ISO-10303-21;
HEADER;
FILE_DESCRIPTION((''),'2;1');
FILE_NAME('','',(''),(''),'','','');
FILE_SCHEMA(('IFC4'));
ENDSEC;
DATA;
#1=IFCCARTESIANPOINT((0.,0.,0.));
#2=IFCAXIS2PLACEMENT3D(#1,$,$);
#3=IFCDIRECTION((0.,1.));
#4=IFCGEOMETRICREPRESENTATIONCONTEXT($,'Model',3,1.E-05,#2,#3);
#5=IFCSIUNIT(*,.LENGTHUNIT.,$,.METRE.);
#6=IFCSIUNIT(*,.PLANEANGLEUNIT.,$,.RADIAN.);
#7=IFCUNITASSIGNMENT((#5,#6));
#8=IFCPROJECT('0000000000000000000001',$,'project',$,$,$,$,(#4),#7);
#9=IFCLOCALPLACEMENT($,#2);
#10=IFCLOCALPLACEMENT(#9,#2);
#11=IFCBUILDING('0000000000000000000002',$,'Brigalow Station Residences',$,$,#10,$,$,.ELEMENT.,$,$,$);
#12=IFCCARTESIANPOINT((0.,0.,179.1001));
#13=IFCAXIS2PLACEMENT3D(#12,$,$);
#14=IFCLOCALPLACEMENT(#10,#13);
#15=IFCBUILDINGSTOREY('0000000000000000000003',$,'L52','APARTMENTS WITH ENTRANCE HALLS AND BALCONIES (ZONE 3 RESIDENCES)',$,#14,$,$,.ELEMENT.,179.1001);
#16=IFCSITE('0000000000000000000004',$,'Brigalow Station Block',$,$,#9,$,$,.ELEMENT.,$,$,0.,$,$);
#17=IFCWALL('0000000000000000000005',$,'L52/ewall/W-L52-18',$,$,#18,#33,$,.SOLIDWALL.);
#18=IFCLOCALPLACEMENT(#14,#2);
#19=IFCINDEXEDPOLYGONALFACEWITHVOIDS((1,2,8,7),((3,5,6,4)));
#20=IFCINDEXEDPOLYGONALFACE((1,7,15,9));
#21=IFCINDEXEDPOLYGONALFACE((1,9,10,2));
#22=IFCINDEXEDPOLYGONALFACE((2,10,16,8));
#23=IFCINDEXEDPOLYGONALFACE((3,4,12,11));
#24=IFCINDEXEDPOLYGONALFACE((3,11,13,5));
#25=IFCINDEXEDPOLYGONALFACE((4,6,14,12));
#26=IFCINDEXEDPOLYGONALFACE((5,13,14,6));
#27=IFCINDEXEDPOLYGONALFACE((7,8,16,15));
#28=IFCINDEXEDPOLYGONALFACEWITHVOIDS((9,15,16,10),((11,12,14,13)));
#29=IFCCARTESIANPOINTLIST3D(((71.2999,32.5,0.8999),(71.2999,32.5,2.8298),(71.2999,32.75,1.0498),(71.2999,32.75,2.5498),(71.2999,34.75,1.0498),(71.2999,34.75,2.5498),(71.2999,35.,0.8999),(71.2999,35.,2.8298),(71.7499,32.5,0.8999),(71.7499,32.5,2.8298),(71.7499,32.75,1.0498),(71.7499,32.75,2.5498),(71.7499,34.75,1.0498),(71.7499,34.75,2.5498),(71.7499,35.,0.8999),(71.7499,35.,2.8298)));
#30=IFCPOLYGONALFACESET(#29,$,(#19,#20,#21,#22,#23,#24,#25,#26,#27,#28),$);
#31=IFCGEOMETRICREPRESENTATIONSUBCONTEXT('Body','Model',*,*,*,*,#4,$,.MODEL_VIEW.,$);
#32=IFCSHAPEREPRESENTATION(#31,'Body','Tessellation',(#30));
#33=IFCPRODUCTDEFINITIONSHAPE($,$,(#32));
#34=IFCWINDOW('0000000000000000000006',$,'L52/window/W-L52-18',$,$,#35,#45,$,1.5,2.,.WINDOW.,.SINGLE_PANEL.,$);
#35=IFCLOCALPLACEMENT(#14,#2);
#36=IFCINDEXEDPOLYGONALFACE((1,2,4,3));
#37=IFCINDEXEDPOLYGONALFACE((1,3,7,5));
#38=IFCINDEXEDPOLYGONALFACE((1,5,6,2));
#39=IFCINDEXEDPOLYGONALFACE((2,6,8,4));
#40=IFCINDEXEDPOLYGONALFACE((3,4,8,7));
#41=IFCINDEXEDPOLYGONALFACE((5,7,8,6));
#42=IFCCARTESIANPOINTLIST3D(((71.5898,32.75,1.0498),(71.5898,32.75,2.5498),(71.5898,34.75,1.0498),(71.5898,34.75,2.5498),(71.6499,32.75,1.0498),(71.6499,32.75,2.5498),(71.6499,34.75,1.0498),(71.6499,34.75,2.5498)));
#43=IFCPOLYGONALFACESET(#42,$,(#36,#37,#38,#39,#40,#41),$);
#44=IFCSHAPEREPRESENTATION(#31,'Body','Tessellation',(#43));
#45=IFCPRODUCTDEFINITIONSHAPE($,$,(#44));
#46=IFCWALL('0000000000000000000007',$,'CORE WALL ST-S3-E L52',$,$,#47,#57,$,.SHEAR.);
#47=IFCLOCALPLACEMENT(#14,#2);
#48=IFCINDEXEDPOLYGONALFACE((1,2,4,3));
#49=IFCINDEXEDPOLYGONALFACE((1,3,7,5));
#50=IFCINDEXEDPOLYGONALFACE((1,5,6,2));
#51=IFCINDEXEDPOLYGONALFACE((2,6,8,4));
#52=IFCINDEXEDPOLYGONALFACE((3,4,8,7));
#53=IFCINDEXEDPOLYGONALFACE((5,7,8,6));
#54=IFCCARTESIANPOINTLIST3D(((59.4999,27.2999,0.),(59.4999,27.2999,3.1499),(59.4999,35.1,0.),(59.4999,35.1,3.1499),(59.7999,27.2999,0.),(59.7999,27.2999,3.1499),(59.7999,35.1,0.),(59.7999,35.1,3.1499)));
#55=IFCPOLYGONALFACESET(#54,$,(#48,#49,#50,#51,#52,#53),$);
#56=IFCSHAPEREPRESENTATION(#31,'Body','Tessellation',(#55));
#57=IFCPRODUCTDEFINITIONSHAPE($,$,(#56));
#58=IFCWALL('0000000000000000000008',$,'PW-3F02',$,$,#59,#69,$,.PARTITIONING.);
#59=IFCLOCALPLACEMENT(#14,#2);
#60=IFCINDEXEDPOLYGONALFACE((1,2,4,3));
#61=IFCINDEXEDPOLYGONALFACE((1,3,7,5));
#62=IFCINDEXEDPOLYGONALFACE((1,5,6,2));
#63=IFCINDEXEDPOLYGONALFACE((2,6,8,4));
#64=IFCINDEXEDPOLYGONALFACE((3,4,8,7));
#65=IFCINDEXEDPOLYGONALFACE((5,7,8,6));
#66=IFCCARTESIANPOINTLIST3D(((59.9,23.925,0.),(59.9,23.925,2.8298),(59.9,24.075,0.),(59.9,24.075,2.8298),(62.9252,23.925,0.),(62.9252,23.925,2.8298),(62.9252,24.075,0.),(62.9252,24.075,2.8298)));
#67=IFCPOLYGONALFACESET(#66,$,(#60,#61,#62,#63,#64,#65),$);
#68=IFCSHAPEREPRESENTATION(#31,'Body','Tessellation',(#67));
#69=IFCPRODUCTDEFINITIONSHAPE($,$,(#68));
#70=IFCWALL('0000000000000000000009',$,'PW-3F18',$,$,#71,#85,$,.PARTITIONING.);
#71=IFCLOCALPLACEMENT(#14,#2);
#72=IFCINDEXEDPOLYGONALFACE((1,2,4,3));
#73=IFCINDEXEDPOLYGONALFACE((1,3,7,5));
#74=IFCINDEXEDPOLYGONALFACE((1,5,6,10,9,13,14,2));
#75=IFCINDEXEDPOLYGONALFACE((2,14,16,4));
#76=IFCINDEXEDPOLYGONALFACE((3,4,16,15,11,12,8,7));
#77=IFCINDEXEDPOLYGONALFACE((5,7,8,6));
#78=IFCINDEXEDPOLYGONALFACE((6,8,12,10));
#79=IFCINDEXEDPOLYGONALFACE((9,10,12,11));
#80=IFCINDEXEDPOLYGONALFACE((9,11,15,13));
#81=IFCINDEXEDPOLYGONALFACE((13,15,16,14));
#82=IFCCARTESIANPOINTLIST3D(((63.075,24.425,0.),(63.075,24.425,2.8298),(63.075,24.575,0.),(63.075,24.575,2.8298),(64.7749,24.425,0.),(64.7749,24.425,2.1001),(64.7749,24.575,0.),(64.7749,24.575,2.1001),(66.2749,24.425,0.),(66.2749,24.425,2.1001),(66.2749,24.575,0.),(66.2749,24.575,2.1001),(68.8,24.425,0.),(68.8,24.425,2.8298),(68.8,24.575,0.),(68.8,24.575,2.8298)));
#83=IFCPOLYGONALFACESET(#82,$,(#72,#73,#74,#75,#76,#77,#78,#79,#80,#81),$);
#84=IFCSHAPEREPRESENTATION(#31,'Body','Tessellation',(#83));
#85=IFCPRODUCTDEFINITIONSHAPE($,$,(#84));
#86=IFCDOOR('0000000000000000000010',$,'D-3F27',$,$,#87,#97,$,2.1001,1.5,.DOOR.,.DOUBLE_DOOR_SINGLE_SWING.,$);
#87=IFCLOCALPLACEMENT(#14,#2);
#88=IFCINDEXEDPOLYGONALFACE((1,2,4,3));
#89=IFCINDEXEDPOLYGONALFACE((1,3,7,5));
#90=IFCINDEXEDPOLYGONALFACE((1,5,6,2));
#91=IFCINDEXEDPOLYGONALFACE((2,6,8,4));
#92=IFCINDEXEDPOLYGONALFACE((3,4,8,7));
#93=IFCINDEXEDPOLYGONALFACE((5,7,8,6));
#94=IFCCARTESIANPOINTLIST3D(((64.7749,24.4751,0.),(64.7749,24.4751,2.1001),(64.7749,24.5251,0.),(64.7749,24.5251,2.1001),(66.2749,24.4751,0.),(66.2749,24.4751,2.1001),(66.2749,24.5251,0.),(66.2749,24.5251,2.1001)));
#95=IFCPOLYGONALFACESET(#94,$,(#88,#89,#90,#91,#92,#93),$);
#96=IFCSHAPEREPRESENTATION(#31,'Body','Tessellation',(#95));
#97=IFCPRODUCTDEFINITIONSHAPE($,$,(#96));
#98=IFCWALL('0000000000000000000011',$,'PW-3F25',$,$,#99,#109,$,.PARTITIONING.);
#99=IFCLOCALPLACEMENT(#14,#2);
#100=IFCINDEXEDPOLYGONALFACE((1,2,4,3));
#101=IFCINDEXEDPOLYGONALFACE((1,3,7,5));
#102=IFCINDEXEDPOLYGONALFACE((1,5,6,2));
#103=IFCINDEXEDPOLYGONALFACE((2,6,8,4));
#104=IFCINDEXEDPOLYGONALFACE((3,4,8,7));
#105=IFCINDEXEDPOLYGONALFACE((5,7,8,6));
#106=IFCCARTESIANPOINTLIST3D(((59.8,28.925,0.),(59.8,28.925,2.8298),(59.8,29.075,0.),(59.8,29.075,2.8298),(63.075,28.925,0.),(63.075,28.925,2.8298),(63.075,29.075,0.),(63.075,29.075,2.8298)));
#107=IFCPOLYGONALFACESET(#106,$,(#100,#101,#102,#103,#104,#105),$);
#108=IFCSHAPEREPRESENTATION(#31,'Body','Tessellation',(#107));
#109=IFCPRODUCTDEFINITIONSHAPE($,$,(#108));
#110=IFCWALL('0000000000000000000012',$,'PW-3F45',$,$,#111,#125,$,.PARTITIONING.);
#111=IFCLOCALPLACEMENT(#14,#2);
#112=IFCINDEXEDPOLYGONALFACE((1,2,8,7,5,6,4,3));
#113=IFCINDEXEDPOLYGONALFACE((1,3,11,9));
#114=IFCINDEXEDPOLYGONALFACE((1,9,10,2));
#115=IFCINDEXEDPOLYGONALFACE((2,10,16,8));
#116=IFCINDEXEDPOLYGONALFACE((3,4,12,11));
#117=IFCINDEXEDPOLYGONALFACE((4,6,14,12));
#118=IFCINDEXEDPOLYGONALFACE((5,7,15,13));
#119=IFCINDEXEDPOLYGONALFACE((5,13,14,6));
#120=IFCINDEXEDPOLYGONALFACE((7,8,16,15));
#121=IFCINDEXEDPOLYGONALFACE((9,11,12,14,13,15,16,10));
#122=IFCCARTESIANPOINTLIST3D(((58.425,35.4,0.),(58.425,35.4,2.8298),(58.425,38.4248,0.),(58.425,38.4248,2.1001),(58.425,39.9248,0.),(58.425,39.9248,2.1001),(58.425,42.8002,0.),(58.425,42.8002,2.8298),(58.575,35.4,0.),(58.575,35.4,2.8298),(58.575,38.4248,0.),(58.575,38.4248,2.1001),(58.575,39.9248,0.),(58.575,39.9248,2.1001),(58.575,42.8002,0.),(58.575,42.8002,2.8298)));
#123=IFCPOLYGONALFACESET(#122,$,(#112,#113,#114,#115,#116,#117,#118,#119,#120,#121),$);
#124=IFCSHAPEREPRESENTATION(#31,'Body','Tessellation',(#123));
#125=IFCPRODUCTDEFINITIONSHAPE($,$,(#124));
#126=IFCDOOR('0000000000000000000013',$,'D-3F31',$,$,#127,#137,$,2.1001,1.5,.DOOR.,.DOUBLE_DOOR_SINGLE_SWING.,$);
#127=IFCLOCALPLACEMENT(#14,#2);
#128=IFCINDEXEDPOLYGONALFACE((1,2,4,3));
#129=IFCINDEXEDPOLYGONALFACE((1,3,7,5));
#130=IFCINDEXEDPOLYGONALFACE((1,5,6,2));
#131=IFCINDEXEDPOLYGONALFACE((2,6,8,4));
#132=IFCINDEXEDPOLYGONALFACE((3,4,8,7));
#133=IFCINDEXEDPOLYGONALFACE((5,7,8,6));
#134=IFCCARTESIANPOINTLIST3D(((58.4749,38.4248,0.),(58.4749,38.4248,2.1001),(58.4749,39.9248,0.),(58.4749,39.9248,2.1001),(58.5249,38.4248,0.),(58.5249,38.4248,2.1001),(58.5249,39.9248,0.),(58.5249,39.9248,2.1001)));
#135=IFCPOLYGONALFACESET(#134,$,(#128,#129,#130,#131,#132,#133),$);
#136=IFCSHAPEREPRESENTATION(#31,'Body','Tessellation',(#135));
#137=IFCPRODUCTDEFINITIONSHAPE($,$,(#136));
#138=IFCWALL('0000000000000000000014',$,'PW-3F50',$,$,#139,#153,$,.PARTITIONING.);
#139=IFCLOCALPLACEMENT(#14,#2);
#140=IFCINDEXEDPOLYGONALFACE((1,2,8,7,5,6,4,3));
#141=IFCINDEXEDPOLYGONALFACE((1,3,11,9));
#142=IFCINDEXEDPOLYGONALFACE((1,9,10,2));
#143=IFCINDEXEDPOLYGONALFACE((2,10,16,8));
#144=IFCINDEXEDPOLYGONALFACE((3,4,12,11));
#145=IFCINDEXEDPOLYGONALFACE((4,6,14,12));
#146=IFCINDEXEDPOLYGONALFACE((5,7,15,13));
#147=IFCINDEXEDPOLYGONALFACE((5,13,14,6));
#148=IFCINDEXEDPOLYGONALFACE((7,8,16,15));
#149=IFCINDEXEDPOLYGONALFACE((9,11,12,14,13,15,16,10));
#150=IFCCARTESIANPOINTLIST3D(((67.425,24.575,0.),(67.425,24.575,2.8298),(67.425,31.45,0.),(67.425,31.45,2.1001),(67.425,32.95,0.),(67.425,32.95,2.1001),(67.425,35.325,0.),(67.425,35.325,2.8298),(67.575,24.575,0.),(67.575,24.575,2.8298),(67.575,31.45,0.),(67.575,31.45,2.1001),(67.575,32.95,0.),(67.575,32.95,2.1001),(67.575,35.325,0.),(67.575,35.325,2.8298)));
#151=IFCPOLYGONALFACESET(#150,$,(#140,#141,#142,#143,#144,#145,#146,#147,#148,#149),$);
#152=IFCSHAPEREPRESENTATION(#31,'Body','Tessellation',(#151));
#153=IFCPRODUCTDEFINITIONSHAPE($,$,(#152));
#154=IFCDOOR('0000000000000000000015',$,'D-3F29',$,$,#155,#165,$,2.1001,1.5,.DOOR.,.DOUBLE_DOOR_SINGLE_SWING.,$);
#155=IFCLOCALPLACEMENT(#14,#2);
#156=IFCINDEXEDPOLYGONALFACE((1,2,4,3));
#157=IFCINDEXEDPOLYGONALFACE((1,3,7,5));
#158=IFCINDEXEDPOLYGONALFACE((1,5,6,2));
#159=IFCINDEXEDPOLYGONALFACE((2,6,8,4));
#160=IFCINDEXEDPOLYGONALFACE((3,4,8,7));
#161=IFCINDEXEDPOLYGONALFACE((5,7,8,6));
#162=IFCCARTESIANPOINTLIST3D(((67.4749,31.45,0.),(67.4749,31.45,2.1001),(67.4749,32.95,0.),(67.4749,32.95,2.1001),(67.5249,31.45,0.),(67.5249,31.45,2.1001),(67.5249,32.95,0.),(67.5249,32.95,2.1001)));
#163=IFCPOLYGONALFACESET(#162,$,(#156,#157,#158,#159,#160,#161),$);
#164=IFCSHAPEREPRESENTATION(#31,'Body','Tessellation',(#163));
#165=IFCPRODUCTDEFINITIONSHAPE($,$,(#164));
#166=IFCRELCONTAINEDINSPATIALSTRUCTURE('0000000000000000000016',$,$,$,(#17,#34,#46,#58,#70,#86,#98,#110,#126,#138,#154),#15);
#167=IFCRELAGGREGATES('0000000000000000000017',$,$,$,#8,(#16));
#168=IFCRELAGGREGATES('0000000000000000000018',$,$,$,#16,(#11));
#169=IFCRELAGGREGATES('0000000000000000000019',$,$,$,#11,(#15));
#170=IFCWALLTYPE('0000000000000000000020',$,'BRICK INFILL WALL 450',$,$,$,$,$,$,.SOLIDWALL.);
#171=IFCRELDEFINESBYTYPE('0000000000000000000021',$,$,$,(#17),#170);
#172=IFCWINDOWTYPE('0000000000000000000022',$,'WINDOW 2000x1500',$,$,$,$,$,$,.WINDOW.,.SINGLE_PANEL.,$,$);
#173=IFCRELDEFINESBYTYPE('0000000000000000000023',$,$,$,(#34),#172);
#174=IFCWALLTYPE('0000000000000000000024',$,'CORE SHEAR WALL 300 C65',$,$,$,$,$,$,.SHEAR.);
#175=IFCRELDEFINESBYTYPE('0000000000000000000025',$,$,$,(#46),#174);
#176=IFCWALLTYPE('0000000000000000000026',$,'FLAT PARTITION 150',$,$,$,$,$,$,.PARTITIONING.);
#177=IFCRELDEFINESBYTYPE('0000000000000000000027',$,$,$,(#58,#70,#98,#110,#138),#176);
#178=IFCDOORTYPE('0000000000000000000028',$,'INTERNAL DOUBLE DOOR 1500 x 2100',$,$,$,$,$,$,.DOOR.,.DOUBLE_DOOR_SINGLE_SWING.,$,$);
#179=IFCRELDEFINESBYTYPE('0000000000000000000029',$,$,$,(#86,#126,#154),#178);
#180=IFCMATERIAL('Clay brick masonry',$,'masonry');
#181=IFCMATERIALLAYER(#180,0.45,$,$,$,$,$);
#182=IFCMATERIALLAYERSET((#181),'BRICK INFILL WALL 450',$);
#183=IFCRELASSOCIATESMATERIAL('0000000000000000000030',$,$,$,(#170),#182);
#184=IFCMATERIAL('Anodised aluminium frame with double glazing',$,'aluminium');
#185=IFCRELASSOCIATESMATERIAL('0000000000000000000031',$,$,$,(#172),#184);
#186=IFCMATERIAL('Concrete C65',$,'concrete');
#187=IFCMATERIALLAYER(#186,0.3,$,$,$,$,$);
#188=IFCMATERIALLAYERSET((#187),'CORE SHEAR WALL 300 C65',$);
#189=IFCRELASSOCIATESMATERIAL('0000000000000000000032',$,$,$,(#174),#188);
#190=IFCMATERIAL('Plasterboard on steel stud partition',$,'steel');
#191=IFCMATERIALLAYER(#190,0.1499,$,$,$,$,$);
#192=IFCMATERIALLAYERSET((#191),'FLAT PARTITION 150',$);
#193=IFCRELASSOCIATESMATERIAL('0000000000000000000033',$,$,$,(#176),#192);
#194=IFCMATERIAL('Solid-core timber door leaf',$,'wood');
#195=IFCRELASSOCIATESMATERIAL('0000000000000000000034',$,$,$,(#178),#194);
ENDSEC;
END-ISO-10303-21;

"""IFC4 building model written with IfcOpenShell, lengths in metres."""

from ifc_helpers import new_model, si_unit, direction, frame, frame_2d, origin, place, context, subcontext, project, spatial, rectangle, extrude, material, layer, layer_set, type_object, element, fill, save


model = new_model("IFC4")

# Units and contexts
model_context = context("Model", 3, precision=1e-05, world=origin(), true_north=direction((0.0, 1.0)))
body_context = subcontext(model_context, "Body", "Model", "MODEL_VIEW")
ifc_project = project(units=[si_unit("LENGTHUNIT", "METRE"), si_unit("PLANEANGLEUNIT", "RADIAN")], contexts=[model_context])

# Site, building, storey
site_placement = place(None, origin())
site = spatial("IfcSite", under=ifc_project, at=site_placement, Name="Brigalow Station Block", CompositionType="ELEMENT", RefElevation=0.0)
building_placement = place(site_placement, origin())
building = spatial("IfcBuilding", under=site, at=building_placement, Name="Brigalow Station Residences", CompositionType="ELEMENT")
storey_placement = place(building_placement, frame((0.0, 0.0, 179.1001)))
storey = spatial("IfcBuildingStorey", under=building, at=storey_placement, Name="L52", Description="APARTMENTS WITH ENTRANCE HALLS AND BALCONIES (ZONE 3 RESIDENCES)", CompositionType="ELEMENT", Elevation=179.1001)

# Shared definitions
ifc_material_1 = material(Name="Clay brick masonry", Category="masonry")
ifc_layer_1 = layer(ifc_material_1, 0.45)
ifc_layer_set_1 = layer_set([ifc_layer_1], Name="BRICK INFILL WALL 450")
wall_type_1 = type_object("IfcWallType", Name="BRICK INFILL WALL 450", PredefinedType="SOLIDWALL", material=ifc_layer_set_1)

# Wall, opening, window
wall_1_placement = place(storey_placement, frame((71.5249, 32.5, 0.8999), z_axis=(0.0, 0.0, 1.0), x_axis=(0.0, 1.0, 0.0)))
wall_1 = element("IfcWall", 1, at=wall_1_placement, inside=storey, type_object=wall_type_1, Name="L52/ewall/W-L52-18", PredefinedType="SOLIDWALL", context=body_context, shape_type="SweptSolid", body=[
    extrude(rectangle(XDim=2.5, YDim=0.45, at=frame_2d((1.25, 0.0))), origin(), (0.0, 0.0, 1.0), 1.9299),
])
opening_1_placement = place(wall_1_placement, frame((0.25, 0.0, 0.1499)))
opening_1 = element("IfcOpeningElement", 2, at=opening_1_placement, cuts=wall_1, PredefinedType="OPENING", context=body_context, shape_type="SweptSolid", body=[
    extrude(rectangle(XDim=2.0, YDim=1.5, at=frame_2d((1.0, 0.75))), frame((0.0, 0.2349, 0.0), z_axis=(0.0, -1.0, 0.0), x_axis=(1.0, 0.0, 0.0)), (0.0, 0.0, 1.0), 0.47),
])
ifc_material_2 = material(Name="Anodised aluminium frame with double glazing", Category="aluminium")
window_type_1 = type_object("IfcWindowType", Name="WINDOW 2000x1500", PartitioningType="SINGLE_PANEL", PredefinedType="WINDOW", material=ifc_material_2)
window_1_placement = place(opening_1_placement, origin())
window_1 = element("IfcWindow", 3, at=window_1_placement, inside=storey, type_object=window_type_1, Name="L52/window/W-L52-18", OverallHeight=1.5, OverallWidth=2.0, PartitioningType="SINGLE_PANEL", PredefinedType="WINDOW", context=body_context, shape_type="SweptSolid", body=[
    extrude(rectangle(XDim=2.0, YDim=1.5, at=frame_2d((1.0, 0.75))), frame((0.0, -0.0649, 0.0), z_axis=(0.0, -1.0, 0.0), x_axis=(1.0, 0.0, 0.0)), (0.0, 0.0, 1.0), 0.0601),
])
fill(opening_1, window_1)

# Walls
ifc_material_3 = material(Name="Concrete C65", Category="concrete")
ifc_layer_2 = layer(ifc_material_3, 0.3)
ifc_layer_set_2 = layer_set([ifc_layer_2], Name="CORE SHEAR WALL 300 C65")
wall_type_2 = type_object("IfcWallType", Name="CORE SHEAR WALL 300 C65", PredefinedType="SHEAR", material=ifc_layer_set_2)
wall_2_placement = place(storey_placement, frame((59.6499, 27.3, 0.0), z_axis=(0.0, 0.0, 1.0), x_axis=(0.0, 1.0, 0.0)))
element("IfcWall", 4, at=wall_2_placement, inside=storey, type_object=wall_type_2, Name="CORE WALL ST-S3-E L52", PredefinedType="SHEAR", context=body_context, shape_type="SweptSolid", body=[
    extrude(rectangle(XDim=7.8, YDim=0.3, at=frame_2d((3.8999, 0.0))), origin(), (0.0, 0.0, 1.0), 3.1499),
])
ifc_material_4 = material(Name="Plasterboard on steel stud partition", Category="steel")
ifc_layer_3 = layer(ifc_material_4, 0.1499)
ifc_layer_set_3 = layer_set([ifc_layer_3], Name="FLAT PARTITION 150")
wall_type_3 = type_object("IfcWallType", Name="FLAT PARTITION 150", PredefinedType="PARTITIONING", material=ifc_layer_set_3)
wall_3_placement = place(storey_placement, frame((59.8999, 24.0, 0.0), z_axis=(0.0, 0.0, 1.0), x_axis=(1.0, 0.0, 0.0)))
element("IfcWall", 5, at=wall_3_placement, inside=storey, type_object=wall_type_3, Name="PW-3F02", PredefinedType="PARTITIONING", context=body_context, shape_type="SweptSolid", body=[
    extrude(rectangle(XDim=3.0251, YDim=0.1499, at=frame_2d((1.5127, 0.0))), origin(), (0.0, 0.0, 1.0), 2.8298),
])

# Wall, opening, door
wall_4_placement = place(storey_placement, frame((63.075, 24.5, 0.0), z_axis=(0.0, 0.0, 1.0), x_axis=(1.0, 0.0, 0.0)))
wall_4 = element("IfcWall", 6, at=wall_4_placement, inside=storey, type_object=wall_type_3, Name="PW-3F18", PredefinedType="PARTITIONING", context=body_context, shape_type="SweptSolid", body=[
    extrude(rectangle(XDim=5.7251, YDim=0.1499, at=frame_2d((2.8625, 0.0))), origin(), (0.0, 0.0, 1.0), 2.8298),
])
opening_2_placement = place(wall_4_placement, frame((1.7, 0.0, 0.0)))
opening_2 = element("IfcOpeningElement", 7, at=opening_2_placement, cuts=wall_4, PredefinedType="OPENING", context=body_context, shape_type="SweptSolid", body=[
    extrude(rectangle(XDim=1.5, YDim=2.1001, at=frame_2d((0.75, 1.05))), frame((0.0, 0.085, 0.0), z_axis=(0.0, -1.0, 0.0), x_axis=(1.0, 0.0, 0.0)), (0.0, 0.0, 1.0), 0.1699),
])
ifc_material_5 = material(Name="Solid-core timber door leaf", Category="wood")
door_type_1 = type_object("IfcDoorType", Name="INTERNAL DOUBLE DOOR 1500 x 2100", OperationType="DOUBLE_DOOR_SINGLE_SWING", PredefinedType="DOOR", material=ifc_material_5)
door_1_placement = place(opening_2_placement, frame((1.5, 0.0, 0.0), z_axis=(0.0, 0.0, 1.0), x_axis=(-1.0, 0.0, 0.0)))
door_1 = element("IfcDoor", 8, at=door_1_placement, inside=storey, type_object=door_type_1, Name="D-3F27", OperationType="DOUBLE_DOOR_SINGLE_SWING", OverallHeight=2.1001, OverallWidth=1.5, PredefinedType="DOOR", context=body_context, shape_type="SweptSolid", body=[
    extrude(rectangle(XDim=1.5, YDim=2.1001, at=frame_2d((0.75, 1.05))), frame((0.0, 0.0249, 0.0), z_axis=(0.0, -1.0, 0.0), x_axis=(1.0, 0.0, 0.0)), (0.0, 0.0, 1.0), 0.05),
])
fill(opening_2, door_1)

# Wall
wall_5_placement = place(storey_placement, frame((59.8, 29.0, 0.0), z_axis=(0.0, 0.0, 1.0), x_axis=(1.0, 0.0, 0.0)))
element("IfcWall", 9, at=wall_5_placement, inside=storey, type_object=wall_type_3, Name="PW-3F25", PredefinedType="PARTITIONING", context=body_context, shape_type="SweptSolid", body=[
    extrude(rectangle(XDim=3.2749, YDim=0.1499, at=frame_2d((1.6375, 0.0))), origin(), (0.0, 0.0, 1.0), 2.8298),
])

# Walls, openings, doors
wall_6_placement = place(storey_placement, frame((58.5, 35.3999, 0.0), z_axis=(0.0, 0.0, 1.0), x_axis=(0.0, 1.0, 0.0)))
wall_6 = element("IfcWall", 10, at=wall_6_placement, inside=storey, type_object=wall_type_3, Name="PW-3F45", PredefinedType="PARTITIONING", context=body_context, shape_type="SweptSolid", body=[
    extrude(rectangle(XDim=7.4001, YDim=0.1499, at=frame_2d((3.7002, 0.0))), origin(), (0.0, 0.0, 1.0), 2.8298),
])
opening_3_placement = place(wall_6_placement, frame((3.0249, 0.0, 0.0)))
opening_3 = element("IfcOpeningElement", 11, at=opening_3_placement, cuts=wall_6, PredefinedType="OPENING", context=body_context, shape_type="SweptSolid", body=[
    extrude(rectangle(XDim=1.5, YDim=2.1001, at=frame_2d((0.75, 1.05))), frame((0.0, 0.085, 0.0), z_axis=(0.0, -1.0, 0.0), x_axis=(1.0, 0.0, 0.0)), (0.0, 0.0, 1.0), 0.1699),
])
door_2_placement = place(opening_3_placement, frame((1.5, 0.0, 0.0), z_axis=(0.0, 0.0, 1.0), x_axis=(-1.0, 0.0, 0.0)))
door_2 = element("IfcDoor", 12, at=door_2_placement, inside=storey, type_object=door_type_1, Name="D-3F31", OperationType="DOUBLE_DOOR_SINGLE_SWING", OverallHeight=2.1001, OverallWidth=1.5, PredefinedType="DOOR", context=body_context, shape_type="SweptSolid", body=[
    extrude(rectangle(XDim=1.5, YDim=2.1001, at=frame_2d((0.75, 1.05))), frame((0.0, 0.0249, 0.0), z_axis=(0.0, -1.0, 0.0), x_axis=(1.0, 0.0, 0.0)), (0.0, 0.0, 1.0), 0.05),
])
fill(opening_3, door_2)
wall_7_placement = place(storey_placement, frame((67.5, 24.575, 0.0), z_axis=(0.0, 0.0, 1.0), x_axis=(0.0, 1.0, 0.0)))
wall_7 = element("IfcWall", 13, at=wall_7_placement, inside=storey, type_object=wall_type_3, Name="PW-3F50", PredefinedType="PARTITIONING", context=body_context, shape_type="SweptSolid", body=[
    extrude(rectangle(XDim=10.75, YDim=0.1499, at=frame_2d((5.375, 0.0))), origin(), (0.0, 0.0, 1.0), 2.8298),
])
opening_4_placement = place(wall_7_placement, frame((6.875, 0.0, 0.0)))
opening_4 = element("IfcOpeningElement", 14, at=opening_4_placement, cuts=wall_7, PredefinedType="OPENING", context=body_context, shape_type="SweptSolid", body=[
    extrude(rectangle(XDim=1.5, YDim=2.1001, at=frame_2d((0.75, 1.05))), frame((0.0, 0.085, 0.0), z_axis=(0.0, -1.0, 0.0), x_axis=(1.0, 0.0, 0.0)), (0.0, 0.0, 1.0), 0.1699),
])
door_3_placement = place(opening_4_placement, frame((1.5, 0.0, 0.0), z_axis=(0.0, 0.0, 1.0), x_axis=(-1.0, 0.0, 0.0)))
door_3 = element("IfcDoor", 15, at=door_3_placement, inside=storey, type_object=door_type_1, Name="D-3F29", OperationType="DOUBLE_DOOR_SINGLE_SWING", OverallHeight=2.1001, OverallWidth=1.5, PredefinedType="DOOR", context=body_context, shape_type="SweptSolid", body=[
    extrude(rectangle(XDim=1.5, YDim=2.1001, at=frame_2d((0.75, 1.05))), frame((0.0, 0.0249, 0.0), z_axis=(0.0, -1.0, 0.0), x_axis=(1.0, 0.0, 0.0)), (0.0, 0.0, 1.0), 0.05),
])
fill(opening_4, door_3)

save(model, "model.ifc")
